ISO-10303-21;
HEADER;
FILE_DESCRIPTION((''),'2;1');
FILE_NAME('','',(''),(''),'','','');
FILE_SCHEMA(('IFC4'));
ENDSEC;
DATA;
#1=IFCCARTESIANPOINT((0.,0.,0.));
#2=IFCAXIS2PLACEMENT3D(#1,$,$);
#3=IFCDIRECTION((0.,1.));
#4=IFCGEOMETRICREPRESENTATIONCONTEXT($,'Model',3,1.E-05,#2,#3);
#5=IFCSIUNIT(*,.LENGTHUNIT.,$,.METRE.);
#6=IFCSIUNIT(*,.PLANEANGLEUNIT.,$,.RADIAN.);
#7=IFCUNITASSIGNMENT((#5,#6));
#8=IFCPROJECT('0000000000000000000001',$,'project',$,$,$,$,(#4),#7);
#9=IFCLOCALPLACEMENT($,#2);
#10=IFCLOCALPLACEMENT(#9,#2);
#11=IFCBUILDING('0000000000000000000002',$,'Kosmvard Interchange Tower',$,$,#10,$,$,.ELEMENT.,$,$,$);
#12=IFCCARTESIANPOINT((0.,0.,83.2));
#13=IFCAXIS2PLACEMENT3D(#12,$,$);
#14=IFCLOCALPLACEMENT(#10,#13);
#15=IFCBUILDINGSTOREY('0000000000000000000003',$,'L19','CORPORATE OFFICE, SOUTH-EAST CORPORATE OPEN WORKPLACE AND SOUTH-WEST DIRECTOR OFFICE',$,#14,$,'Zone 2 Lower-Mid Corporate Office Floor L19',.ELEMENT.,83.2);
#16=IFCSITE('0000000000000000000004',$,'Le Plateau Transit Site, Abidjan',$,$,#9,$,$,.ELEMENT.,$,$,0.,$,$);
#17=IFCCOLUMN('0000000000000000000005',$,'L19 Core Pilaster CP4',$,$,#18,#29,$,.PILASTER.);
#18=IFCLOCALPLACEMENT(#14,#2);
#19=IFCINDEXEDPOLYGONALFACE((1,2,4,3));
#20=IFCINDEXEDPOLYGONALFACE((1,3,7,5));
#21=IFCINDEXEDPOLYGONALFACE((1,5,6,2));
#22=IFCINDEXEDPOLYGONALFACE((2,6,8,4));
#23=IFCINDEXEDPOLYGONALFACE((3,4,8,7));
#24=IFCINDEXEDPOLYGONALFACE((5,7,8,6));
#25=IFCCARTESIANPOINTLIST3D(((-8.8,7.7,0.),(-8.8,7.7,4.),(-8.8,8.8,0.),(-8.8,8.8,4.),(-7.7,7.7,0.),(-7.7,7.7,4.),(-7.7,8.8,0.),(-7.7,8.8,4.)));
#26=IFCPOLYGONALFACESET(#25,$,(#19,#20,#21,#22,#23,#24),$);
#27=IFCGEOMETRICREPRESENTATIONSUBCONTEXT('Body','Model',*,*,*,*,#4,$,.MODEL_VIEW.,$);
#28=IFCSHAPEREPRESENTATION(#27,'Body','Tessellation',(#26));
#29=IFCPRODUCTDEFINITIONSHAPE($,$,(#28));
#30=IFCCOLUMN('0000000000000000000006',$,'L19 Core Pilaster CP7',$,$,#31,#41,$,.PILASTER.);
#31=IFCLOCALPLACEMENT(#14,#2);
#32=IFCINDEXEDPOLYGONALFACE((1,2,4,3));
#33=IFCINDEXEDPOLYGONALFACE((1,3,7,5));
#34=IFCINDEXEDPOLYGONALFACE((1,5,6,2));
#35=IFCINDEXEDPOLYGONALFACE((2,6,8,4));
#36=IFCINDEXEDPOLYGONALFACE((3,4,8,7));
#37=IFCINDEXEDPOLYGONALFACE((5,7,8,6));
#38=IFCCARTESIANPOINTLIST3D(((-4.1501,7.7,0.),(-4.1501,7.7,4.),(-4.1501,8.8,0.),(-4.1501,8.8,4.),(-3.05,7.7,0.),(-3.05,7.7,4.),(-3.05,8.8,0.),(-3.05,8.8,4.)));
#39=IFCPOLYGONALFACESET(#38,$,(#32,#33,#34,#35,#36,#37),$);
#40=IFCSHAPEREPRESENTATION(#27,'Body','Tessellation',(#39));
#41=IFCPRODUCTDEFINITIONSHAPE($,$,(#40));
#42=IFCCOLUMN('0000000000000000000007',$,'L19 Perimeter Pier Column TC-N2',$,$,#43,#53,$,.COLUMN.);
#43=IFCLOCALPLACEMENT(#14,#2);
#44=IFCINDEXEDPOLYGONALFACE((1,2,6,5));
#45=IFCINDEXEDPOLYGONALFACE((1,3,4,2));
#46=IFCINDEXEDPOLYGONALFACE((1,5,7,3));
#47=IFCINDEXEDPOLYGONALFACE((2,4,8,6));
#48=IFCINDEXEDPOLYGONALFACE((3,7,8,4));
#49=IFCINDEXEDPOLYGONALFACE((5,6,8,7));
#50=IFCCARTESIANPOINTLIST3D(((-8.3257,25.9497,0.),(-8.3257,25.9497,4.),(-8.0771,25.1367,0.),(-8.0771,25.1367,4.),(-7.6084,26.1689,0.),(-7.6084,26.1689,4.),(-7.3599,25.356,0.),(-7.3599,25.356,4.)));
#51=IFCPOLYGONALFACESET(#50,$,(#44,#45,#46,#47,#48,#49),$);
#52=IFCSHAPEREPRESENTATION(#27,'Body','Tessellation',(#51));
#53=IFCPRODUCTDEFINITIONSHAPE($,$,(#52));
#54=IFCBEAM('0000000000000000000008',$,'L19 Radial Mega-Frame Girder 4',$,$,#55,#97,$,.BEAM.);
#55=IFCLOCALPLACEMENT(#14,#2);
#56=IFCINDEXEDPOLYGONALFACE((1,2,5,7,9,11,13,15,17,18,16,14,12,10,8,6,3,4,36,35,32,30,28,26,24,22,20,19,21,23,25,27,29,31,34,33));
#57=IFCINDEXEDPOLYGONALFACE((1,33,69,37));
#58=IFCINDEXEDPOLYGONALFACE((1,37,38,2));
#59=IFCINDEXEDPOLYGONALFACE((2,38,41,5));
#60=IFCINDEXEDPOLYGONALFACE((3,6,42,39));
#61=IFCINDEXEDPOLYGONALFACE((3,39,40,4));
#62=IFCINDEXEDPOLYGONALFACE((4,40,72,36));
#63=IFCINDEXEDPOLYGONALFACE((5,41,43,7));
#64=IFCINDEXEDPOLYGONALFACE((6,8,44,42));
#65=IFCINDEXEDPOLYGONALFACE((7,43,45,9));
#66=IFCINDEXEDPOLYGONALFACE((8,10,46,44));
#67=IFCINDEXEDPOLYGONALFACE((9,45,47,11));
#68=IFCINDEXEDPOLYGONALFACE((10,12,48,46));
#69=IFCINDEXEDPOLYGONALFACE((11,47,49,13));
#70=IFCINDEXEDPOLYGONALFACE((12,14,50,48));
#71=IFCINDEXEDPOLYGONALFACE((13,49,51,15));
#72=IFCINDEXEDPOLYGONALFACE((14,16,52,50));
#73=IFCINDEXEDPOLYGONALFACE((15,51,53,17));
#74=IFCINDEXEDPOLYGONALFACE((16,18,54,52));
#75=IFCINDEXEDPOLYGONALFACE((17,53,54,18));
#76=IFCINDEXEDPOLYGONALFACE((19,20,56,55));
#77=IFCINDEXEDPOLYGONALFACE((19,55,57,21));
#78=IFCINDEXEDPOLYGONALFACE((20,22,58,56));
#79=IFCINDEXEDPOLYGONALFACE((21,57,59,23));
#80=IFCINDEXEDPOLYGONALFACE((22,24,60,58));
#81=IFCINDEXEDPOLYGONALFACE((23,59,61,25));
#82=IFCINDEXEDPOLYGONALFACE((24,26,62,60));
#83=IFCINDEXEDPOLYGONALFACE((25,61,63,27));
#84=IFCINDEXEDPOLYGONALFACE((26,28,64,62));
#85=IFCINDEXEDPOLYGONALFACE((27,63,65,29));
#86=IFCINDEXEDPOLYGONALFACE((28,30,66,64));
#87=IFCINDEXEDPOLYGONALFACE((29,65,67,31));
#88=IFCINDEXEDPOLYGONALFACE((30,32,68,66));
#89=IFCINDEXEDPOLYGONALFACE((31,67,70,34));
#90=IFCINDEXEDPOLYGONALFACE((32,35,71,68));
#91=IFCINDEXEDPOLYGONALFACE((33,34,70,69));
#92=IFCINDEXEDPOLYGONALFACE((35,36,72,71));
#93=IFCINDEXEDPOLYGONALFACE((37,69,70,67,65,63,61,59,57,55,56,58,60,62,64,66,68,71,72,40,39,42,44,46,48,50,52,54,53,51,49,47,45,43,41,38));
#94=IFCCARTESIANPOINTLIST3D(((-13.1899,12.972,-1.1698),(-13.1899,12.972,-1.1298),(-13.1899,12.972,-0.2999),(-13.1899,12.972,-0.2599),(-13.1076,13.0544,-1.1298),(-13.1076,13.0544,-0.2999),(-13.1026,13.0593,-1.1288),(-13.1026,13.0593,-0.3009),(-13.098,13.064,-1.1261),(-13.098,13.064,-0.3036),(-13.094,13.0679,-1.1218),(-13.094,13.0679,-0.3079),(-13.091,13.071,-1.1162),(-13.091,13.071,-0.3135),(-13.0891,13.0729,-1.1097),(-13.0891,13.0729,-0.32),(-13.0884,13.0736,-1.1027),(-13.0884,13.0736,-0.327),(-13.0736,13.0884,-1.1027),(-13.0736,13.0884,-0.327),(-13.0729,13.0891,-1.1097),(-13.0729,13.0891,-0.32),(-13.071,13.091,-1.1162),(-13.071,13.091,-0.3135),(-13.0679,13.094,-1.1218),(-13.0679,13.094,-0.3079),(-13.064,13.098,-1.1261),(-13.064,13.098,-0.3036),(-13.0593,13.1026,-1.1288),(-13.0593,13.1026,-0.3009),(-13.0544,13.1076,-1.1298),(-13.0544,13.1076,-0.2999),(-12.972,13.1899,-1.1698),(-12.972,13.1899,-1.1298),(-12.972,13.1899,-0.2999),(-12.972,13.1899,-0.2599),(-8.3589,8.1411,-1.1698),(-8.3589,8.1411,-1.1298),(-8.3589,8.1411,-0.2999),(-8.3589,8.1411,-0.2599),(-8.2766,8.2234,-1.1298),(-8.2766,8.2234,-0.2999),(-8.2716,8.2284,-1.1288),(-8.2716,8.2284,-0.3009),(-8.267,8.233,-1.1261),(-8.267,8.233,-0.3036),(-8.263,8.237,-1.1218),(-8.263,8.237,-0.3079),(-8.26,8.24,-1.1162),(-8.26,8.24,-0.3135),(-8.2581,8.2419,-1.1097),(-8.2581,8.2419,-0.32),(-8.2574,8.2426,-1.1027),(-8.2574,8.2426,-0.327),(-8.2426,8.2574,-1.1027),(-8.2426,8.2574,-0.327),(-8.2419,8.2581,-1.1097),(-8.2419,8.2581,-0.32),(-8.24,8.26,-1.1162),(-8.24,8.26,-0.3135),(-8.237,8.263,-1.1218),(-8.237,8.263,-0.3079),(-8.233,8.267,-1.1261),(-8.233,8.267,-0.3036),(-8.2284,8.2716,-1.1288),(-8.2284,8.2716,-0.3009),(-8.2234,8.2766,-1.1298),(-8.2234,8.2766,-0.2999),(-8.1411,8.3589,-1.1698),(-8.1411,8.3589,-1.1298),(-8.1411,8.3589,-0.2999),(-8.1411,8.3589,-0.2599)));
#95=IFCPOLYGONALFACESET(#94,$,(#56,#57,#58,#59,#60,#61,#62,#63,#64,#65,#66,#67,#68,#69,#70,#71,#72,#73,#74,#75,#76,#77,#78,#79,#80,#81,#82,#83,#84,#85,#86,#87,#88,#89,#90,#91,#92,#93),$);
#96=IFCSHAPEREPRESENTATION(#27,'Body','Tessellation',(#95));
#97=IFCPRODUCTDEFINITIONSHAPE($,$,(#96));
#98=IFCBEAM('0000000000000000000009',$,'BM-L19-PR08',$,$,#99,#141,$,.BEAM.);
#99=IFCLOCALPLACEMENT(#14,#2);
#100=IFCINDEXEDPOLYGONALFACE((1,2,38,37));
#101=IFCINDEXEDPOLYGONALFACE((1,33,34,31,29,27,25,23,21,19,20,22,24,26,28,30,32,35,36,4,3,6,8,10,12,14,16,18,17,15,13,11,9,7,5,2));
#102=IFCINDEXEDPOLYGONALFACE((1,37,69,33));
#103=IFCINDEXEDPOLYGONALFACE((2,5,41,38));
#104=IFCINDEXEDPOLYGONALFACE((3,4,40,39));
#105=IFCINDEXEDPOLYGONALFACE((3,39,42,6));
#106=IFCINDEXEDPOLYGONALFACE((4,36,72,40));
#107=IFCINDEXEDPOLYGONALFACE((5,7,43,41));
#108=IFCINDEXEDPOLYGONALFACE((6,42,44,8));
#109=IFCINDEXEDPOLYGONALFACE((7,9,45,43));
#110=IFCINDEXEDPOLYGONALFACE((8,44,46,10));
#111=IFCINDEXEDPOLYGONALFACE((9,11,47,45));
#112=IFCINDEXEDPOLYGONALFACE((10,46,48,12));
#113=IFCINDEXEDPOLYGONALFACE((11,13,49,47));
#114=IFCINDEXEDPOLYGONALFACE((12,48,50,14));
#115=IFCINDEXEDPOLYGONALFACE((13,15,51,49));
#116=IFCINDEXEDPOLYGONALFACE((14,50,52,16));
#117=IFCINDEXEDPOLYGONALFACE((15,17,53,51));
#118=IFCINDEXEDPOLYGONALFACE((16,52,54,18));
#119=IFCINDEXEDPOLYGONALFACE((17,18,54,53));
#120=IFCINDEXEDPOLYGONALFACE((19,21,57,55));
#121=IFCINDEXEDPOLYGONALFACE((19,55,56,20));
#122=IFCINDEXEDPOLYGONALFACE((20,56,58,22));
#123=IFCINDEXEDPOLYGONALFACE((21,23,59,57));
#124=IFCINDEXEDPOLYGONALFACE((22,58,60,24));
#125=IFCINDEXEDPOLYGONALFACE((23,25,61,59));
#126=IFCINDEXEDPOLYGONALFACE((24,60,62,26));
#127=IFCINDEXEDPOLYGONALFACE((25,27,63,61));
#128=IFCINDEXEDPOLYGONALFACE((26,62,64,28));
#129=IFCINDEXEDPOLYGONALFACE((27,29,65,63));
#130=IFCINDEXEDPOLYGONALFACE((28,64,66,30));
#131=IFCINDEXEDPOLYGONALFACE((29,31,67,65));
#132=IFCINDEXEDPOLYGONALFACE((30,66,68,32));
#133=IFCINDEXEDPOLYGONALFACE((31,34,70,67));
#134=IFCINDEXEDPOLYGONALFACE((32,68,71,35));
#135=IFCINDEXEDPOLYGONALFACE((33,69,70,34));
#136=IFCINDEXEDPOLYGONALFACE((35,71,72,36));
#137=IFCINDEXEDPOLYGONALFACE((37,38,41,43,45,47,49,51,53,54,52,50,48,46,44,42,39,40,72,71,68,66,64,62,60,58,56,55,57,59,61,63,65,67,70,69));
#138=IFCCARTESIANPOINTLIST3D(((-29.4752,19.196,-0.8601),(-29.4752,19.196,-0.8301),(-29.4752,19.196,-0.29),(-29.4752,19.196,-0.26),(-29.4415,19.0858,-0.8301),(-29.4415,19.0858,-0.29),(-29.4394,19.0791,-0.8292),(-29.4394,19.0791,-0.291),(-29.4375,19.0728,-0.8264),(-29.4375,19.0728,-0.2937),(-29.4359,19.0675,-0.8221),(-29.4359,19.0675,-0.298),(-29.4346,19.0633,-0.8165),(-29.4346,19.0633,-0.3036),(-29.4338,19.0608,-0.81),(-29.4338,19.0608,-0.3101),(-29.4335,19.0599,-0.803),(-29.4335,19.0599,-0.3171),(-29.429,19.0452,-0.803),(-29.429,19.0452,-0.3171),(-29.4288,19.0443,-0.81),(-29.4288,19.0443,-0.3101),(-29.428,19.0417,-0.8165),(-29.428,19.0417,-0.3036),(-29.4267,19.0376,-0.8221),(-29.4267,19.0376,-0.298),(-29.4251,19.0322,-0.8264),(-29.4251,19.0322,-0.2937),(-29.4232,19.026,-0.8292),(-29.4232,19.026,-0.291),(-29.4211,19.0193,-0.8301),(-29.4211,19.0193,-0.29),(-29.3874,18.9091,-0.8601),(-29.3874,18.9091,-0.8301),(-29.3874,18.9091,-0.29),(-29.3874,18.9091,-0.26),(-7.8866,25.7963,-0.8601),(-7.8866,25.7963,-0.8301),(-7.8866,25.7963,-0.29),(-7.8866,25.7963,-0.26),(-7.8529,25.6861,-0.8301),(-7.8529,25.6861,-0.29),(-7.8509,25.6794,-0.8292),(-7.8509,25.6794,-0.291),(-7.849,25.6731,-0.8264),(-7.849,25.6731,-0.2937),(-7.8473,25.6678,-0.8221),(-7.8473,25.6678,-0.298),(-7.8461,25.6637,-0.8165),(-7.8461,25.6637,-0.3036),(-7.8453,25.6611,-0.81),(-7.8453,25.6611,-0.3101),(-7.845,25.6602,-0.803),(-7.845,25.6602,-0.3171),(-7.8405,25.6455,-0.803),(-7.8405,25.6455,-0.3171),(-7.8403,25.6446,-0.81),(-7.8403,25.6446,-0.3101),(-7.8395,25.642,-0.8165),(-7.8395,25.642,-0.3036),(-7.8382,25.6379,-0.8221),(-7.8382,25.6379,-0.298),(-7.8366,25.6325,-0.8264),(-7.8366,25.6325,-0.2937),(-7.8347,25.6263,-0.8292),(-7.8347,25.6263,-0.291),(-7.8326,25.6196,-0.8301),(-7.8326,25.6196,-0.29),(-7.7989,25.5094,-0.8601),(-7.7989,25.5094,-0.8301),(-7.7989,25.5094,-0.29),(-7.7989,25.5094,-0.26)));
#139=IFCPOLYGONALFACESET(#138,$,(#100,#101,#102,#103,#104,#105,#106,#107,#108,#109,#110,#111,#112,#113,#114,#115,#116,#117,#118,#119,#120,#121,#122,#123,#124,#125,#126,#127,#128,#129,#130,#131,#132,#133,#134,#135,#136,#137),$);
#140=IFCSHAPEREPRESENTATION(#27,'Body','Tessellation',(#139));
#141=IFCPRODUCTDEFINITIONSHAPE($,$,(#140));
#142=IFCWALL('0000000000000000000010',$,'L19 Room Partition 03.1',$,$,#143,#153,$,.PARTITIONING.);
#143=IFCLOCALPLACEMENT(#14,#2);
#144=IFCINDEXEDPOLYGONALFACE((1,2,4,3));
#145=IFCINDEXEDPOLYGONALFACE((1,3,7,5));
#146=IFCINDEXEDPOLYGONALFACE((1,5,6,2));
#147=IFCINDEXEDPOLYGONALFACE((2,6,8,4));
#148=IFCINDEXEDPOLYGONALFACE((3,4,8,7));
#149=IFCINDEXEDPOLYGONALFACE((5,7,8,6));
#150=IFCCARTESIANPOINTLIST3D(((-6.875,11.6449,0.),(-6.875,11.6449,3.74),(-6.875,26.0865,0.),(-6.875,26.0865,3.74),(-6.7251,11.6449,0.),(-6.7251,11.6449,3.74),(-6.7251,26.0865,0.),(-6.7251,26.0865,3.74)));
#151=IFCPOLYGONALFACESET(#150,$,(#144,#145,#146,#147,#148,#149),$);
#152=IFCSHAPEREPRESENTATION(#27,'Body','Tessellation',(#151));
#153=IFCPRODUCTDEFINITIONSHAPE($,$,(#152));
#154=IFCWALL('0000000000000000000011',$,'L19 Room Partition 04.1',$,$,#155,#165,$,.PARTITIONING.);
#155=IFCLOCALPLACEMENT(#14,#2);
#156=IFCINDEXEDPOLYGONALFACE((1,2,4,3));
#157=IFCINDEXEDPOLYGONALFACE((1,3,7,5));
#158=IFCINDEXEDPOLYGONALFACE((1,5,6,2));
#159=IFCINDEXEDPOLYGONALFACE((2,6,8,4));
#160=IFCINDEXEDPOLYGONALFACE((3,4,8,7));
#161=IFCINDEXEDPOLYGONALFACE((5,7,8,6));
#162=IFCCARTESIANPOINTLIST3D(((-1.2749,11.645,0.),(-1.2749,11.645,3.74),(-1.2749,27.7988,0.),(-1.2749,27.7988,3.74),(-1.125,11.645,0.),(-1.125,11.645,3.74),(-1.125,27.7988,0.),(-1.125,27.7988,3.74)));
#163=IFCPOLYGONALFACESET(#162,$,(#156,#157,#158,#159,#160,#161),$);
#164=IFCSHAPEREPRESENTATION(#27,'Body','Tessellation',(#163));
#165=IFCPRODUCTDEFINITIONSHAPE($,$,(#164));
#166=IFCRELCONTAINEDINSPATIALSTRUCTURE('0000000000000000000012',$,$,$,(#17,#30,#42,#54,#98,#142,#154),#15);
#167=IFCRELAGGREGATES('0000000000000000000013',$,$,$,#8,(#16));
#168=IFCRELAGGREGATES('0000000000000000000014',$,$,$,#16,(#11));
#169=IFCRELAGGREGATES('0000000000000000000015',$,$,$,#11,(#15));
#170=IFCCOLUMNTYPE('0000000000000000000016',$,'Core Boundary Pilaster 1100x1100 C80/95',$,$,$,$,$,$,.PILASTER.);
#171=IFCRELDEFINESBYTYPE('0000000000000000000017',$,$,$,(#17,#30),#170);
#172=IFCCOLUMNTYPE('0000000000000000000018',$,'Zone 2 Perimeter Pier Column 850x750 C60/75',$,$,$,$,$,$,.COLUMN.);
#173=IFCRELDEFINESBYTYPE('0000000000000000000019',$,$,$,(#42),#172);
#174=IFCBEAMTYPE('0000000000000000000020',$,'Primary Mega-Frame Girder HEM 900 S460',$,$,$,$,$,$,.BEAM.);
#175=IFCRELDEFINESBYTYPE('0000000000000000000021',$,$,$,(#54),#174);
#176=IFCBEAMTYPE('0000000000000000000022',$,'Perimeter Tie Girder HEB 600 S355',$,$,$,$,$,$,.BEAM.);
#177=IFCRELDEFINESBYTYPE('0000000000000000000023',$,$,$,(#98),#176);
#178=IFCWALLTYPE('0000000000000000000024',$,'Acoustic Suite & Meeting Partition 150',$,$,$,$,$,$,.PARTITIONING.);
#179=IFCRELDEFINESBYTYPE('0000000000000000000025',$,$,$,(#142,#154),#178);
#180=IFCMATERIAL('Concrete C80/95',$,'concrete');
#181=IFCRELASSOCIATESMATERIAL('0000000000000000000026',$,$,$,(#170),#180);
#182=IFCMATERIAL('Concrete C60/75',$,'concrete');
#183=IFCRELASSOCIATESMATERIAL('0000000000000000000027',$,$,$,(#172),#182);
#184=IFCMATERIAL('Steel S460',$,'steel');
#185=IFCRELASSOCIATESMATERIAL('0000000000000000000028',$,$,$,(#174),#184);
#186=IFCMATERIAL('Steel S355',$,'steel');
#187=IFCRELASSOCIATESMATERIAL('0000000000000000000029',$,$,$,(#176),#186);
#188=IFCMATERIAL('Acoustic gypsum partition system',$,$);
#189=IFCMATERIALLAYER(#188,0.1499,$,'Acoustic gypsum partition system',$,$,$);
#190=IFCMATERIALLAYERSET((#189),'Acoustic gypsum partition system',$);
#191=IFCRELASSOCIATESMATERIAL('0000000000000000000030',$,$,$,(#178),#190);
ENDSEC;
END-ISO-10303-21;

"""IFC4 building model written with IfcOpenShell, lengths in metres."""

from ifc_helpers import new_model, si_unit, direction, frame, frame_2d, origin, origin_2d, place, context, subcontext, project, spatial, rectangle, i_section, extrude, source, transform, mapped, material, layer, layer_set, material_profile, profile_set, type_object, element, save


model = new_model("IFC4")

# Units and contexts
model_context = context("Model", 3, precision=1e-05, world=origin(), true_north=direction((0.0, 1.0)))
body_context = subcontext(model_context, "Body", "Model", "MODEL_VIEW")
ifc_project = project(units=[si_unit("LENGTHUNIT", "METRE"), si_unit("PLANEANGLEUNIT", "RADIAN")], contexts=[model_context])

# Site, building, storey
site_placement = place(None, origin())
site = spatial("IfcSite", under=ifc_project, at=site_placement, Name="Le Plateau Transit Site, Abidjan", CompositionType="ELEMENT", RefElevation=0.0)
building_placement = place(site_placement, origin())
building = spatial("IfcBuilding", under=site, at=building_placement, Name="Kosmvard Interchange Tower", CompositionType="ELEMENT")
storey_placement = place(building_placement, frame((0.0, 0.0, 83.2)))
storey = spatial("IfcBuildingStorey", under=building, at=storey_placement, Name="L19", Description="CORPORATE OFFICE, SOUTH-EAST CORPORATE OPEN WORKPLACE AND SOUTH-WEST DIRECTOR OFFICE", LongName="Zone 2 Lower-Mid Corporate Office Floor L19", CompositionType="ELEMENT", Elevation=83.2)

# Columns
ifc_material_1 = material(Name="Concrete C80/95", Category="concrete")
ifc_material_profile_1 = material_profile(ifc_material_1, rectangle(XDim=1.1001, YDim=1.1001, at=origin_2d()), Name="CP 1100x1100")
ifc_profile_set_1 = profile_set([ifc_material_profile_1], Name="Concrete C80/95")
column_type_1 = type_object("IfcColumnType", Name="Core Boundary Pilaster 1100x1100 C80/95", PredefinedType="PILASTER", material=ifc_profile_set_1)
shared_shape_1 = source(origin(), body_context, "Body", "SweptSolid", [
    extrude(rectangle(XDim=1.1001, YDim=1.1001, at=origin_2d()), origin(), (0.0, 0.0, 1.0), 4.0),
])
for number, where, z_axis, x_axis, name in (
    (1, (-8.25, 8.25, 0.0), (0.0, 0.0, 1.0), (1.0, 0.0, 0.0), "L19 Core Pilaster CP4"),
    (2, (-3.6001, 8.25, 0.0), (0.0, 0.0, 1.0), (1.0, 0.0, 0.0), "L19 Core Pilaster CP7"),
):
    element("IfcColumn", number, at=place(storey_placement, frame(where, z_axis=z_axis, x_axis=x_axis)), inside=storey, type_object=column_type_1, Name=name, PredefinedType="PILASTER", context=body_context, shape_type="MappedRepresentation", body=[
        mapped(shared_shape_1, transform((0.0, 0.0, 0.0), scale=1.0)),
    ])
ifc_material_2 = material(Name="Concrete C60/75", Category="concrete")
ifc_material_profile_2 = material_profile(ifc_material_2, rectangle(XDim=0.75, YDim=0.8501, at=origin_2d()), Name="TC 850x750")
ifc_profile_set_2 = profile_set([ifc_material_profile_2], Name="Concrete C60/75")
column_type_2 = type_object("IfcColumnType", Name="Zone 2 Perimeter Pier Column 850x750 C60/75", PredefinedType="COLUMN", material=ifc_profile_set_2)
shared_shape_2 = source(origin(), body_context, "Body", "SweptSolid", [
    extrude(rectangle(XDim=0.75, YDim=0.8501, at=origin_2d()), origin(), (0.0, 0.0, 1.0), 4.0),
])
column_placement = place(storey_placement, frame((-7.8428, 25.6528, 0.0), z_axis=(0.0, 0.0, 1.0), x_axis=(0.956305, 0.292372, 0.0)))
element("IfcColumn", 3, at=column_placement, inside=storey, type_object=column_type_2, Name="L19 Perimeter Pier Column TC-N2", PredefinedType="COLUMN", context=body_context, shape_type="MappedRepresentation", body=[
    mapped(shared_shape_2, transform((0.0, 0.0, 0.0), scale=1.0)),
])

# Beams
ifc_material_3 = material(Name="Steel S460", Category="steel")
ifc_material_profile_3 = material_profile(ifc_material_3, i_section(OverallWidth=0.3081, OverallDepth=0.9099, WebThickness=0.021, FlangeThickness=0.04, FilletRadius=0.0271, at=origin_2d()), Name="HEM 900")
ifc_profile_set_3 = profile_set([ifc_material_profile_3], Name="Steel S460")
beam_type_1 = type_object("IfcBeamType", Name="Primary Mega-Frame Girder HEM 900 S460", PredefinedType="BEAM", material=ifc_profile_set_3)
shared_shape_3 = source(origin(), body_context, "Body", "SweptSolid", [
    extrude(i_section(OverallWidth=0.3081, OverallDepth=0.9099, WebThickness=0.021, FlangeThickness=0.04, FilletRadius=0.0271, at=origin_2d()), origin(), (0.0, 0.0, 1.0), 6.832),
])
beam_1_placement = place(storey_placement, frame((-8.25, 8.25, -0.7148), z_axis=(-0.707107, 0.707107, 0.0), x_axis=(-0.707107, -0.707107, 0.0)))
element("IfcBeam", 4, at=beam_1_placement, inside=storey, type_object=beam_type_1, Name="L19 Radial Mega-Frame Girder 4", PredefinedType="BEAM", context=body_context, shape_type="MappedRepresentation", body=[
    mapped(shared_shape_3, transform((0.0, 0.0, 0.0), scale=1.0)),
])
ifc_material_4 = material(Name="Steel S355", Category="steel")
ifc_material_profile_4 = material_profile(ifc_material_4, i_section(OverallWidth=0.3, OverallDepth=0.6001, WebThickness=0.0154, FlangeThickness=0.03, FilletRadius=0.0271, at=origin_2d()), Name="HEB 600")
ifc_profile_set_4 = profile_set([ifc_material_profile_4], Name="Steel S355")
beam_type_2 = type_object("IfcBeamType", Name="Perimeter Tie Girder HEB 600 S355", PredefinedType="BEAM", material=ifc_profile_set_4)
shared_shape_4 = source(origin(), body_context, "Body", "SweptSolid", [
    extrude(i_section(OverallWidth=0.3, OverallDepth=0.6001, WebThickness=0.0154, FlangeThickness=0.03, FilletRadius=0.0271, at=origin_2d()), origin(), (0.0, 0.0, 1.0), 22.575),
])
beam_2_placement = place(storey_placement, frame((-7.8428, 25.6528, -0.5601), z_axis=(-0.956304, -0.292373, 0.0), x_axis=(0.292373, -0.956304, 0.0)))
element("IfcBeam", 5, at=beam_2_placement, inside=storey, type_object=beam_type_2, Name="BM-L19-PR08", PredefinedType="BEAM", context=body_context, shape_type="MappedRepresentation", body=[
    mapped(shared_shape_4, transform((0.0, 0.0, 0.0), scale=1.0)),
])

# Walls
ifc_material_5 = material(Name="Acoustic gypsum partition system")
ifc_layer_1 = layer(ifc_material_5, 0.1499, Name="Acoustic gypsum partition system")
ifc_layer_set_1 = layer_set([ifc_layer_1], Name="Acoustic gypsum partition system")
wall_type_1 = type_object("IfcWallType", Name="Acoustic Suite & Meeting Partition 150", PredefinedType="PARTITIONING", material=ifc_layer_set_1)
wall_1_placement = place(storey_placement, frame((-6.8, 11.645, 0.0), z_axis=(0.0, 0.0, 1.0), x_axis=(0.0, 1.0, 0.0)))
element("IfcWall", 6, at=wall_1_placement, inside=storey, type_object=wall_type_1, Name="L19 Room Partition 03.1", PredefinedType="PARTITIONING", context=body_context, shape_type="SweptSolid", body=[
    extrude(rectangle(XDim=14.4417, YDim=0.1499, at=frame_2d((7.2207, 0.0))), origin(), (0.0, 0.0, 1.0), 3.74),
])
wall_2_placement = place(storey_placement, frame((-1.2, 11.645, 0.0), z_axis=(0.0, 0.0, 1.0), x_axis=(0.0, 1.0, 0.0)))
element("IfcWall", 7, at=wall_2_placement, inside=storey, type_object=wall_type_1, Name="L19 Room Partition 04.1", PredefinedType="PARTITIONING", context=body_context, shape_type="SweptSolid", body=[
    extrude(rectangle(XDim=16.1538, YDim=0.1499, at=frame_2d((8.0769, 0.0))), origin(), (0.0, 0.0, 1.0), 3.74),
])

save(model, "model.ifc")
